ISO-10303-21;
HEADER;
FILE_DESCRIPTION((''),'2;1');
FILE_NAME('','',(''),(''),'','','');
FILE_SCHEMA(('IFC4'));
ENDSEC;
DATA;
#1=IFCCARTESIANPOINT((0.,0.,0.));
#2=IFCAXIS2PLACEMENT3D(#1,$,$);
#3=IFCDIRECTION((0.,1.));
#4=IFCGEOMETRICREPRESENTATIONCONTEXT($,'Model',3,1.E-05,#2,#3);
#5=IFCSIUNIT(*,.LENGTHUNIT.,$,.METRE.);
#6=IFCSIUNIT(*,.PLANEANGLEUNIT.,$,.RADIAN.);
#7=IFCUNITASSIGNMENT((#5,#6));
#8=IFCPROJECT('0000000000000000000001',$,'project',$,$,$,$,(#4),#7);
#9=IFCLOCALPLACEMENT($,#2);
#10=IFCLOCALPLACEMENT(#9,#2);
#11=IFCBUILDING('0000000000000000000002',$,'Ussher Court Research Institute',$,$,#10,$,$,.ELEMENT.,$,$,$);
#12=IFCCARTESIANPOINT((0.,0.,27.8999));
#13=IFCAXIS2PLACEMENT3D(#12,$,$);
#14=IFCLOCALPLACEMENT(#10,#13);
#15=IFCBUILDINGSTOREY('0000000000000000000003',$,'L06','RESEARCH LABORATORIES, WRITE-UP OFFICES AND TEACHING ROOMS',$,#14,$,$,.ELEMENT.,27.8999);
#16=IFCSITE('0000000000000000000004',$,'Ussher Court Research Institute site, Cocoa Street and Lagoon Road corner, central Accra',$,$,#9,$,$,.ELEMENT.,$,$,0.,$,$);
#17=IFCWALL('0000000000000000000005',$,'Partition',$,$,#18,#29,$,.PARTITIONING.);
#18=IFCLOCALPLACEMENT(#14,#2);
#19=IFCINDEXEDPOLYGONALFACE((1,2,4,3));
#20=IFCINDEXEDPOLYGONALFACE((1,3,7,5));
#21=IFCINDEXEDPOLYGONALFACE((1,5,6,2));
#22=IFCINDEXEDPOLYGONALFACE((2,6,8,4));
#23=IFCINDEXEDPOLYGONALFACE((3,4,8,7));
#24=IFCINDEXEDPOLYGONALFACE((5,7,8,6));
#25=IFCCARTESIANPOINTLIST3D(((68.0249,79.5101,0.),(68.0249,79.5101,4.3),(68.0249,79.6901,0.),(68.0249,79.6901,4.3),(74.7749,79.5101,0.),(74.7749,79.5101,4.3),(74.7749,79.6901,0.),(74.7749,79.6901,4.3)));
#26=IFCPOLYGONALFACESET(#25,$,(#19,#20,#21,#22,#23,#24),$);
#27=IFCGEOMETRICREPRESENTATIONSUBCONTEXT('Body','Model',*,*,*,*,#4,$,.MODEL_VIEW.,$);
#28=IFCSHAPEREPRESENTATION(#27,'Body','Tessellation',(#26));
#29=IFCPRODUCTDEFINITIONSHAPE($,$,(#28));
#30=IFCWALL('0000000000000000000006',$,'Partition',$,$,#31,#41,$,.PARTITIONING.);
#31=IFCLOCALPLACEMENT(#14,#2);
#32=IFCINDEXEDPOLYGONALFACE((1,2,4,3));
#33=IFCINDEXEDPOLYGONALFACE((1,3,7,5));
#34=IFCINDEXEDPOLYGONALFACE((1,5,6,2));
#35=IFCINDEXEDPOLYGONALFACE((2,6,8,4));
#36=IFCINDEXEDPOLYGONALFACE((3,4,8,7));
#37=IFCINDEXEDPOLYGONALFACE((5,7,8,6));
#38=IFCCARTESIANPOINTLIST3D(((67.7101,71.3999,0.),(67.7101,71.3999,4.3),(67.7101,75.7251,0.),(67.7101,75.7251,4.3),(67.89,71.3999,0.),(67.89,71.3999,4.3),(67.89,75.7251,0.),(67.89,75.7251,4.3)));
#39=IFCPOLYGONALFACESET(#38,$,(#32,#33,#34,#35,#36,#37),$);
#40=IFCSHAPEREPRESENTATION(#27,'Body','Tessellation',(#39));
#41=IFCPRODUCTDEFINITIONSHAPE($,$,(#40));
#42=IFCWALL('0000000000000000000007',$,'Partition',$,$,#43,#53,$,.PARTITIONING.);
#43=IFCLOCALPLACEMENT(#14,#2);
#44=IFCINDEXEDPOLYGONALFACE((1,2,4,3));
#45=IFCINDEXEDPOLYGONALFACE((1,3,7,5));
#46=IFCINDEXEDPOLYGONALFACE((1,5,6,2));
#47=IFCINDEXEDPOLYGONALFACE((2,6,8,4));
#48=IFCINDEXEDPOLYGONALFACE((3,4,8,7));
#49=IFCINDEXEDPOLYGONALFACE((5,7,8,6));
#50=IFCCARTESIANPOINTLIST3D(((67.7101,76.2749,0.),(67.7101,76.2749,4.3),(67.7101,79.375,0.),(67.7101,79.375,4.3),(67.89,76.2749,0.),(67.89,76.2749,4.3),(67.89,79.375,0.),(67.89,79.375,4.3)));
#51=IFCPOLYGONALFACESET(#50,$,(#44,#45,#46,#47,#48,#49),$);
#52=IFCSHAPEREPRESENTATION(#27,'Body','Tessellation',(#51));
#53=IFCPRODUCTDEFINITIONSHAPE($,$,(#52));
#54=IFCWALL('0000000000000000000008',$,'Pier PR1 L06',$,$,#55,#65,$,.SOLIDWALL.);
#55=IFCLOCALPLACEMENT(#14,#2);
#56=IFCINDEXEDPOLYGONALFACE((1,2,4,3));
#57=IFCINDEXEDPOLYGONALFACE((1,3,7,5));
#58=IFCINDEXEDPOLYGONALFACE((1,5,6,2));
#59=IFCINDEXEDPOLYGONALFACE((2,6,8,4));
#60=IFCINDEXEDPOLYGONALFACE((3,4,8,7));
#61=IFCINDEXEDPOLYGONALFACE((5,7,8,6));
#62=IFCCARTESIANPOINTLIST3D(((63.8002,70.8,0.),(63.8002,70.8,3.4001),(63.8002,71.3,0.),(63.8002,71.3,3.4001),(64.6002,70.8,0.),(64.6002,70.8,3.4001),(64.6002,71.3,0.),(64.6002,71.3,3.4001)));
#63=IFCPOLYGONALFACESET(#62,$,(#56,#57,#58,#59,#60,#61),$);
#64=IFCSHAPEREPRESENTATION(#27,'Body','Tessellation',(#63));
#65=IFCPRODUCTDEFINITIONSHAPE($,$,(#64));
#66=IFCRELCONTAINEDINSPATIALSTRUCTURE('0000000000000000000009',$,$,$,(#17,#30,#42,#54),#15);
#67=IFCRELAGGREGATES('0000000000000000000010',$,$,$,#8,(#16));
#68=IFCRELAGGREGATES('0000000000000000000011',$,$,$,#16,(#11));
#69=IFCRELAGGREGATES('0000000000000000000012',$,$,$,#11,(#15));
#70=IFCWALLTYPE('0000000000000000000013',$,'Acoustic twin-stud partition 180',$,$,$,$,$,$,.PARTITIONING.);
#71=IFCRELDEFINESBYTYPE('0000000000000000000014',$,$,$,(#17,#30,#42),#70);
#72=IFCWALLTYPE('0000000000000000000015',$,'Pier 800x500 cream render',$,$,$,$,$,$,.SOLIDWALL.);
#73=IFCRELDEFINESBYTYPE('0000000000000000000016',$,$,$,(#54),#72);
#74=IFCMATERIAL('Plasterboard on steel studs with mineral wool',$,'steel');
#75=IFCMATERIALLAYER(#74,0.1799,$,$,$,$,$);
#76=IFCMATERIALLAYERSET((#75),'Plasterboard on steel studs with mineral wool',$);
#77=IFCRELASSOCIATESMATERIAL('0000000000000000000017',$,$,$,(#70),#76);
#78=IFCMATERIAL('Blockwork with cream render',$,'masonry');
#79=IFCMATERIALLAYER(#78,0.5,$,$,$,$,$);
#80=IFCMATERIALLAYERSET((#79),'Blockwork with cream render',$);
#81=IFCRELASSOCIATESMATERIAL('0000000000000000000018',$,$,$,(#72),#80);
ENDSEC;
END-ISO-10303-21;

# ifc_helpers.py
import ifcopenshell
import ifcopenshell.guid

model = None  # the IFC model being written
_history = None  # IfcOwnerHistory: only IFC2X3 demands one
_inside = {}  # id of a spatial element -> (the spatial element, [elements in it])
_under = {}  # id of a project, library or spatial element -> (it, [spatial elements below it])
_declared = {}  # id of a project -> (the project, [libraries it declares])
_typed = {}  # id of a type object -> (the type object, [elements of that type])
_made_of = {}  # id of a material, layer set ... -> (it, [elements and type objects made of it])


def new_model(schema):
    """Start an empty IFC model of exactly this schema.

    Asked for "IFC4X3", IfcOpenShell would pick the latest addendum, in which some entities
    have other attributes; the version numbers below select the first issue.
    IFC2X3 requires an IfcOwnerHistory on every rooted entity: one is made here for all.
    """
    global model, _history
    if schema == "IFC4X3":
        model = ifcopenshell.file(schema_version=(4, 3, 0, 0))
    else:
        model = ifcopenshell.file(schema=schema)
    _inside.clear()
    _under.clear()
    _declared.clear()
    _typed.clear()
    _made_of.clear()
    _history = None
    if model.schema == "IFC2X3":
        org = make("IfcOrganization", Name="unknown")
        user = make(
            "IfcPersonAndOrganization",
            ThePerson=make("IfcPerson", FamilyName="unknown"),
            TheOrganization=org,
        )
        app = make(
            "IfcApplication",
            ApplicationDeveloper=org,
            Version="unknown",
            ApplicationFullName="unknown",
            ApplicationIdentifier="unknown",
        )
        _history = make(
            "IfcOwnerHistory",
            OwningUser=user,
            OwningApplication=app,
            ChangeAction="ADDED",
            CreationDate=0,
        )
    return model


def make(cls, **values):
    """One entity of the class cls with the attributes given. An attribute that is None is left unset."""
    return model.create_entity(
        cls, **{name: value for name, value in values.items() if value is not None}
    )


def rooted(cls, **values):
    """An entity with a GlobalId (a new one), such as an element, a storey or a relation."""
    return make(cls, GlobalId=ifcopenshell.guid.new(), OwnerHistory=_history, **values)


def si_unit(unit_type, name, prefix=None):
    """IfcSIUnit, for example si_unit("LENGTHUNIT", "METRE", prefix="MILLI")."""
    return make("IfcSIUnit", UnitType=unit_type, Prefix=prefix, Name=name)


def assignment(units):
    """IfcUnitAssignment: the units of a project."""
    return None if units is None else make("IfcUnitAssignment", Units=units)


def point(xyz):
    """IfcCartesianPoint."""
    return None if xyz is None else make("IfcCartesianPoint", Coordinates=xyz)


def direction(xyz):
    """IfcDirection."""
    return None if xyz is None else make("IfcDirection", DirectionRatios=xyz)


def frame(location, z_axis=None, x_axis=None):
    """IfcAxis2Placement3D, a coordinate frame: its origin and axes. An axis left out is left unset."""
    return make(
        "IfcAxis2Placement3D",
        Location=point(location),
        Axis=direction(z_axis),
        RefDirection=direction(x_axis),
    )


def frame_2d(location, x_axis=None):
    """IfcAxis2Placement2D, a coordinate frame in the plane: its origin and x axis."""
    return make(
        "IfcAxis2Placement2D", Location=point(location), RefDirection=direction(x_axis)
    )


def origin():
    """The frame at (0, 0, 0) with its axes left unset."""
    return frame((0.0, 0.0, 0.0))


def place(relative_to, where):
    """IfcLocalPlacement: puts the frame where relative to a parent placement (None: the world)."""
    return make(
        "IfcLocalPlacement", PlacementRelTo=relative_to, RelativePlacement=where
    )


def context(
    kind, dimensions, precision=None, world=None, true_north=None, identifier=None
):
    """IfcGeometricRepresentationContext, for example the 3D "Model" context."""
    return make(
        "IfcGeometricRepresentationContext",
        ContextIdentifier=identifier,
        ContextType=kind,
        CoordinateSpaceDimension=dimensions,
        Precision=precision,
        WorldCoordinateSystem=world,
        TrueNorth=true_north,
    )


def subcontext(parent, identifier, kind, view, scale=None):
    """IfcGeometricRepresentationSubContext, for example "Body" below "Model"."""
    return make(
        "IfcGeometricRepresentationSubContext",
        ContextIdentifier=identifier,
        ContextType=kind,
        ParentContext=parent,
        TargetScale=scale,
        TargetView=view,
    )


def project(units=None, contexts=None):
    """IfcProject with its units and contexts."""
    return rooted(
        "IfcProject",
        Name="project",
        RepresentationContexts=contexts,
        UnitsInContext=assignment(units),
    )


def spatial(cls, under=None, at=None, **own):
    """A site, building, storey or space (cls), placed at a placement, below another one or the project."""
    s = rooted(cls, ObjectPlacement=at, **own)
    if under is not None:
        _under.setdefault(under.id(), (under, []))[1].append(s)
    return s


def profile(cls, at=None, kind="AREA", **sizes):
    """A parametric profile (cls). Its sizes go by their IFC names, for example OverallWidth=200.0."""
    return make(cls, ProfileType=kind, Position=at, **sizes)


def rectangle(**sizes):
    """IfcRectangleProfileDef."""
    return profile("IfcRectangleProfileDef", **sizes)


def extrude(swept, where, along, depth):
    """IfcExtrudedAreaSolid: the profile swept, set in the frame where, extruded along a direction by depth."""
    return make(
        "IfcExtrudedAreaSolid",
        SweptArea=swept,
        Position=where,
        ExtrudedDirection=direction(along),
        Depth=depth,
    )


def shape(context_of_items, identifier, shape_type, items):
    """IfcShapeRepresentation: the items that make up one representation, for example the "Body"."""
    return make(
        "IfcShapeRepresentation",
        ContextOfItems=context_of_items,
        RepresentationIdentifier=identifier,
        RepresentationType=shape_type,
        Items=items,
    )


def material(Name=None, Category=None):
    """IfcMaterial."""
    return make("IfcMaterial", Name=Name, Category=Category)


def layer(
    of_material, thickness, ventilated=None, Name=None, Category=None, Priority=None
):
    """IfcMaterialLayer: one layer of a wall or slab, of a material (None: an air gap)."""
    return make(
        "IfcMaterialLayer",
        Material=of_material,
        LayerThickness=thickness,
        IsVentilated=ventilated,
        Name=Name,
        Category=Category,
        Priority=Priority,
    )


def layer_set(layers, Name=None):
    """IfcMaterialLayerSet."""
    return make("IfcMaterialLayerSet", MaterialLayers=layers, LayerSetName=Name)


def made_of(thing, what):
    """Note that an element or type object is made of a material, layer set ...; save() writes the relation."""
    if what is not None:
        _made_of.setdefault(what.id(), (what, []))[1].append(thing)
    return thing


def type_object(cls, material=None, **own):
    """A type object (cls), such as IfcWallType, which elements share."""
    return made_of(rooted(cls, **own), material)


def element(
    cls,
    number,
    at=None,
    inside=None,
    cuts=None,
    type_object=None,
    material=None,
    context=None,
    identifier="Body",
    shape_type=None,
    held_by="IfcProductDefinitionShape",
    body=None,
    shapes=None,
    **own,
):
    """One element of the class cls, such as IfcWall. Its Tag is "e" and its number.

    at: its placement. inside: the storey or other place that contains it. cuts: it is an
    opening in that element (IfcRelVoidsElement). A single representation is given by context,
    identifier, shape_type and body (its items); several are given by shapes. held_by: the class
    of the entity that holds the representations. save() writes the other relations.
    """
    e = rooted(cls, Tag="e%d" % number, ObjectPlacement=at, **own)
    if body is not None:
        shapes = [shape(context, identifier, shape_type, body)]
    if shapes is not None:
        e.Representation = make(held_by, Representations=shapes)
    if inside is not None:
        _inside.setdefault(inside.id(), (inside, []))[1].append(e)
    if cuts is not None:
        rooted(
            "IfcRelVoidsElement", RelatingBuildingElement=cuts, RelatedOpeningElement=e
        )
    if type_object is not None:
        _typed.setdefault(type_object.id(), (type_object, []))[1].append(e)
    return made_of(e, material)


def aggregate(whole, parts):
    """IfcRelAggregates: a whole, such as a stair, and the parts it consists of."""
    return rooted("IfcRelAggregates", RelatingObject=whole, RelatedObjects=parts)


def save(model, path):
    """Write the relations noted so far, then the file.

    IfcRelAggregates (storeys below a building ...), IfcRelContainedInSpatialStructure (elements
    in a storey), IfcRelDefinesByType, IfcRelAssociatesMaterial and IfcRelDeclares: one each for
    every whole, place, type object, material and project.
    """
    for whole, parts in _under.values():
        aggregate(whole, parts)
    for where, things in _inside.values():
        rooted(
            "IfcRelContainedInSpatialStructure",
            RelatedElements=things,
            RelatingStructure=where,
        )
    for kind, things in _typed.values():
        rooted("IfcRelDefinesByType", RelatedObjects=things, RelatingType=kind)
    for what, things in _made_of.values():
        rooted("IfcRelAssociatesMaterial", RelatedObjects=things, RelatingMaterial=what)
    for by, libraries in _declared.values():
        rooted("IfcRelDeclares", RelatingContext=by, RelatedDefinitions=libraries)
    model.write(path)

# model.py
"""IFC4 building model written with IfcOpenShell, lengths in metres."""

from ifc_helpers import new_model, si_unit, direction, frame, frame_2d, origin, place, context, subcontext, project, spatial, rectangle, extrude, material, layer, layer_set, type_object, element, save


model = new_model("IFC4")

# Units and contexts
model_context = context("Model", 3, precision=1e-05, world=origin(), true_north=direction((0.0, 1.0)))
body_context = subcontext(model_context, "Body", "Model", "MODEL_VIEW")
ifc_project = project(units=[si_unit("LENGTHUNIT", "METRE"), si_unit("PLANEANGLEUNIT", "RADIAN")], contexts=[model_context])

# Site, building, storey
site_placement = place(None, origin())
site = spatial("IfcSite", under=ifc_project, at=site_placement, Name="Ussher Court Research Institute site, Cocoa Street and Lagoon Road corner, central Accra", CompositionType="ELEMENT", RefElevation=0.0)
building_placement = place(site_placement, origin())
building = spatial("IfcBuilding", under=site, at=building_placement, Name="Ussher Court Research Institute", CompositionType="ELEMENT")
storey_placement = place(building_placement, frame((0.0, 0.0, 27.8999)))
storey = spatial("IfcBuildingStorey", under=building, at=storey_placement, Name="L06", Description="RESEARCH LABORATORIES, WRITE-UP OFFICES AND TEACHING ROOMS", CompositionType="ELEMENT", Elevation=27.8999)

# Shared definitions
ifc_material_1 = material(Name="Plasterboard on steel studs with mineral wool", Category="steel")
ifc_layer_1 = layer(ifc_material_1, 0.1799)
ifc_layer_set_1 = layer_set([ifc_layer_1], Name="Plasterboard on steel studs with mineral wool")
wall_type_1 = type_object("IfcWallType", Name="Acoustic twin-stud partition 180", PredefinedType="PARTITIONING", material=ifc_layer_set_1)

# Walls
wall_1_placement = place(storey_placement, frame((68.0249, 79.6001, 0.0), z_axis=(0.0, 0.0, 1.0), x_axis=(1.0, 0.0, 0.0)))
element("IfcWall", 1, at=wall_1_placement, inside=storey, type_object=wall_type_1, Name="Partition", PredefinedType="PARTITIONING", context=body_context, shape_type="SweptSolid", body=[
    extrude(rectangle(XDim=6.75, YDim=0.1799, at=frame_2d((3.375, 0.0))), origin(), (0.0, 0.0, 1.0), 4.3),
])
wall_2_placement = place(storey_placement, frame((67.8, 71.3999, 0.0), z_axis=(0.0, 0.0, 1.0), x_axis=(0.0, 1.0, 0.0)))
element("IfcWall", 2, at=wall_2_placement, inside=storey, type_object=wall_type_1, Name="Partition", PredefinedType="PARTITIONING", context=body_context, shape_type="SweptSolid", body=[
    extrude(rectangle(XDim=4.3252, YDim=0.1799, at=frame_2d((2.1626, 0.0))), origin(), (0.0, 0.0, 1.0), 4.3),
])
wall_3_placement = place(storey_placement, frame((67.8, 76.2749, 0.0), z_axis=(0.0, 0.0, 1.0), x_axis=(0.0, 1.0, 0.0)))
element("IfcWall", 3, at=wall_3_placement, inside=storey, type_object=wall_type_1, Name="Partition", PredefinedType="PARTITIONING", context=body_context, shape_type="SweptSolid", body=[
    extrude(rectangle(XDim=3.1001, YDim=0.1799, at=frame_2d((1.55, 0.0))), origin(), (0.0, 0.0, 1.0), 4.3),
])
ifc_material_2 = material(Name="Blockwork with cream render", Category="masonry")
ifc_layer_2 = layer(ifc_material_2, 0.5)
ifc_layer_set_2 = layer_set([ifc_layer_2], Name="Blockwork with cream render")
wall_type_2 = type_object("IfcWallType", Name="Pier 800x500 cream render", PredefinedType="SOLIDWALL", material=ifc_layer_set_2)
wall_4_placement = place(storey_placement, frame((64.6001, 71.05, 0.0), z_axis=(0.0, 0.0, 1.0), x_axis=(-1.0, 0.0, 0.0)))
element("IfcWall", 4, at=wall_4_placement, inside=storey, type_object=wall_type_2, Name="Pier PR1 L06", PredefinedType="SOLIDWALL", context=body_context, shape_type="SweptSolid", body=[
    extrude(rectangle(XDim=0.8, YDim=0.5, at=frame_2d((0.3999, 0.0))), origin(), (0.0, 0.0, 1.0), 3.4001),
])

save(model, "model.ifc")
